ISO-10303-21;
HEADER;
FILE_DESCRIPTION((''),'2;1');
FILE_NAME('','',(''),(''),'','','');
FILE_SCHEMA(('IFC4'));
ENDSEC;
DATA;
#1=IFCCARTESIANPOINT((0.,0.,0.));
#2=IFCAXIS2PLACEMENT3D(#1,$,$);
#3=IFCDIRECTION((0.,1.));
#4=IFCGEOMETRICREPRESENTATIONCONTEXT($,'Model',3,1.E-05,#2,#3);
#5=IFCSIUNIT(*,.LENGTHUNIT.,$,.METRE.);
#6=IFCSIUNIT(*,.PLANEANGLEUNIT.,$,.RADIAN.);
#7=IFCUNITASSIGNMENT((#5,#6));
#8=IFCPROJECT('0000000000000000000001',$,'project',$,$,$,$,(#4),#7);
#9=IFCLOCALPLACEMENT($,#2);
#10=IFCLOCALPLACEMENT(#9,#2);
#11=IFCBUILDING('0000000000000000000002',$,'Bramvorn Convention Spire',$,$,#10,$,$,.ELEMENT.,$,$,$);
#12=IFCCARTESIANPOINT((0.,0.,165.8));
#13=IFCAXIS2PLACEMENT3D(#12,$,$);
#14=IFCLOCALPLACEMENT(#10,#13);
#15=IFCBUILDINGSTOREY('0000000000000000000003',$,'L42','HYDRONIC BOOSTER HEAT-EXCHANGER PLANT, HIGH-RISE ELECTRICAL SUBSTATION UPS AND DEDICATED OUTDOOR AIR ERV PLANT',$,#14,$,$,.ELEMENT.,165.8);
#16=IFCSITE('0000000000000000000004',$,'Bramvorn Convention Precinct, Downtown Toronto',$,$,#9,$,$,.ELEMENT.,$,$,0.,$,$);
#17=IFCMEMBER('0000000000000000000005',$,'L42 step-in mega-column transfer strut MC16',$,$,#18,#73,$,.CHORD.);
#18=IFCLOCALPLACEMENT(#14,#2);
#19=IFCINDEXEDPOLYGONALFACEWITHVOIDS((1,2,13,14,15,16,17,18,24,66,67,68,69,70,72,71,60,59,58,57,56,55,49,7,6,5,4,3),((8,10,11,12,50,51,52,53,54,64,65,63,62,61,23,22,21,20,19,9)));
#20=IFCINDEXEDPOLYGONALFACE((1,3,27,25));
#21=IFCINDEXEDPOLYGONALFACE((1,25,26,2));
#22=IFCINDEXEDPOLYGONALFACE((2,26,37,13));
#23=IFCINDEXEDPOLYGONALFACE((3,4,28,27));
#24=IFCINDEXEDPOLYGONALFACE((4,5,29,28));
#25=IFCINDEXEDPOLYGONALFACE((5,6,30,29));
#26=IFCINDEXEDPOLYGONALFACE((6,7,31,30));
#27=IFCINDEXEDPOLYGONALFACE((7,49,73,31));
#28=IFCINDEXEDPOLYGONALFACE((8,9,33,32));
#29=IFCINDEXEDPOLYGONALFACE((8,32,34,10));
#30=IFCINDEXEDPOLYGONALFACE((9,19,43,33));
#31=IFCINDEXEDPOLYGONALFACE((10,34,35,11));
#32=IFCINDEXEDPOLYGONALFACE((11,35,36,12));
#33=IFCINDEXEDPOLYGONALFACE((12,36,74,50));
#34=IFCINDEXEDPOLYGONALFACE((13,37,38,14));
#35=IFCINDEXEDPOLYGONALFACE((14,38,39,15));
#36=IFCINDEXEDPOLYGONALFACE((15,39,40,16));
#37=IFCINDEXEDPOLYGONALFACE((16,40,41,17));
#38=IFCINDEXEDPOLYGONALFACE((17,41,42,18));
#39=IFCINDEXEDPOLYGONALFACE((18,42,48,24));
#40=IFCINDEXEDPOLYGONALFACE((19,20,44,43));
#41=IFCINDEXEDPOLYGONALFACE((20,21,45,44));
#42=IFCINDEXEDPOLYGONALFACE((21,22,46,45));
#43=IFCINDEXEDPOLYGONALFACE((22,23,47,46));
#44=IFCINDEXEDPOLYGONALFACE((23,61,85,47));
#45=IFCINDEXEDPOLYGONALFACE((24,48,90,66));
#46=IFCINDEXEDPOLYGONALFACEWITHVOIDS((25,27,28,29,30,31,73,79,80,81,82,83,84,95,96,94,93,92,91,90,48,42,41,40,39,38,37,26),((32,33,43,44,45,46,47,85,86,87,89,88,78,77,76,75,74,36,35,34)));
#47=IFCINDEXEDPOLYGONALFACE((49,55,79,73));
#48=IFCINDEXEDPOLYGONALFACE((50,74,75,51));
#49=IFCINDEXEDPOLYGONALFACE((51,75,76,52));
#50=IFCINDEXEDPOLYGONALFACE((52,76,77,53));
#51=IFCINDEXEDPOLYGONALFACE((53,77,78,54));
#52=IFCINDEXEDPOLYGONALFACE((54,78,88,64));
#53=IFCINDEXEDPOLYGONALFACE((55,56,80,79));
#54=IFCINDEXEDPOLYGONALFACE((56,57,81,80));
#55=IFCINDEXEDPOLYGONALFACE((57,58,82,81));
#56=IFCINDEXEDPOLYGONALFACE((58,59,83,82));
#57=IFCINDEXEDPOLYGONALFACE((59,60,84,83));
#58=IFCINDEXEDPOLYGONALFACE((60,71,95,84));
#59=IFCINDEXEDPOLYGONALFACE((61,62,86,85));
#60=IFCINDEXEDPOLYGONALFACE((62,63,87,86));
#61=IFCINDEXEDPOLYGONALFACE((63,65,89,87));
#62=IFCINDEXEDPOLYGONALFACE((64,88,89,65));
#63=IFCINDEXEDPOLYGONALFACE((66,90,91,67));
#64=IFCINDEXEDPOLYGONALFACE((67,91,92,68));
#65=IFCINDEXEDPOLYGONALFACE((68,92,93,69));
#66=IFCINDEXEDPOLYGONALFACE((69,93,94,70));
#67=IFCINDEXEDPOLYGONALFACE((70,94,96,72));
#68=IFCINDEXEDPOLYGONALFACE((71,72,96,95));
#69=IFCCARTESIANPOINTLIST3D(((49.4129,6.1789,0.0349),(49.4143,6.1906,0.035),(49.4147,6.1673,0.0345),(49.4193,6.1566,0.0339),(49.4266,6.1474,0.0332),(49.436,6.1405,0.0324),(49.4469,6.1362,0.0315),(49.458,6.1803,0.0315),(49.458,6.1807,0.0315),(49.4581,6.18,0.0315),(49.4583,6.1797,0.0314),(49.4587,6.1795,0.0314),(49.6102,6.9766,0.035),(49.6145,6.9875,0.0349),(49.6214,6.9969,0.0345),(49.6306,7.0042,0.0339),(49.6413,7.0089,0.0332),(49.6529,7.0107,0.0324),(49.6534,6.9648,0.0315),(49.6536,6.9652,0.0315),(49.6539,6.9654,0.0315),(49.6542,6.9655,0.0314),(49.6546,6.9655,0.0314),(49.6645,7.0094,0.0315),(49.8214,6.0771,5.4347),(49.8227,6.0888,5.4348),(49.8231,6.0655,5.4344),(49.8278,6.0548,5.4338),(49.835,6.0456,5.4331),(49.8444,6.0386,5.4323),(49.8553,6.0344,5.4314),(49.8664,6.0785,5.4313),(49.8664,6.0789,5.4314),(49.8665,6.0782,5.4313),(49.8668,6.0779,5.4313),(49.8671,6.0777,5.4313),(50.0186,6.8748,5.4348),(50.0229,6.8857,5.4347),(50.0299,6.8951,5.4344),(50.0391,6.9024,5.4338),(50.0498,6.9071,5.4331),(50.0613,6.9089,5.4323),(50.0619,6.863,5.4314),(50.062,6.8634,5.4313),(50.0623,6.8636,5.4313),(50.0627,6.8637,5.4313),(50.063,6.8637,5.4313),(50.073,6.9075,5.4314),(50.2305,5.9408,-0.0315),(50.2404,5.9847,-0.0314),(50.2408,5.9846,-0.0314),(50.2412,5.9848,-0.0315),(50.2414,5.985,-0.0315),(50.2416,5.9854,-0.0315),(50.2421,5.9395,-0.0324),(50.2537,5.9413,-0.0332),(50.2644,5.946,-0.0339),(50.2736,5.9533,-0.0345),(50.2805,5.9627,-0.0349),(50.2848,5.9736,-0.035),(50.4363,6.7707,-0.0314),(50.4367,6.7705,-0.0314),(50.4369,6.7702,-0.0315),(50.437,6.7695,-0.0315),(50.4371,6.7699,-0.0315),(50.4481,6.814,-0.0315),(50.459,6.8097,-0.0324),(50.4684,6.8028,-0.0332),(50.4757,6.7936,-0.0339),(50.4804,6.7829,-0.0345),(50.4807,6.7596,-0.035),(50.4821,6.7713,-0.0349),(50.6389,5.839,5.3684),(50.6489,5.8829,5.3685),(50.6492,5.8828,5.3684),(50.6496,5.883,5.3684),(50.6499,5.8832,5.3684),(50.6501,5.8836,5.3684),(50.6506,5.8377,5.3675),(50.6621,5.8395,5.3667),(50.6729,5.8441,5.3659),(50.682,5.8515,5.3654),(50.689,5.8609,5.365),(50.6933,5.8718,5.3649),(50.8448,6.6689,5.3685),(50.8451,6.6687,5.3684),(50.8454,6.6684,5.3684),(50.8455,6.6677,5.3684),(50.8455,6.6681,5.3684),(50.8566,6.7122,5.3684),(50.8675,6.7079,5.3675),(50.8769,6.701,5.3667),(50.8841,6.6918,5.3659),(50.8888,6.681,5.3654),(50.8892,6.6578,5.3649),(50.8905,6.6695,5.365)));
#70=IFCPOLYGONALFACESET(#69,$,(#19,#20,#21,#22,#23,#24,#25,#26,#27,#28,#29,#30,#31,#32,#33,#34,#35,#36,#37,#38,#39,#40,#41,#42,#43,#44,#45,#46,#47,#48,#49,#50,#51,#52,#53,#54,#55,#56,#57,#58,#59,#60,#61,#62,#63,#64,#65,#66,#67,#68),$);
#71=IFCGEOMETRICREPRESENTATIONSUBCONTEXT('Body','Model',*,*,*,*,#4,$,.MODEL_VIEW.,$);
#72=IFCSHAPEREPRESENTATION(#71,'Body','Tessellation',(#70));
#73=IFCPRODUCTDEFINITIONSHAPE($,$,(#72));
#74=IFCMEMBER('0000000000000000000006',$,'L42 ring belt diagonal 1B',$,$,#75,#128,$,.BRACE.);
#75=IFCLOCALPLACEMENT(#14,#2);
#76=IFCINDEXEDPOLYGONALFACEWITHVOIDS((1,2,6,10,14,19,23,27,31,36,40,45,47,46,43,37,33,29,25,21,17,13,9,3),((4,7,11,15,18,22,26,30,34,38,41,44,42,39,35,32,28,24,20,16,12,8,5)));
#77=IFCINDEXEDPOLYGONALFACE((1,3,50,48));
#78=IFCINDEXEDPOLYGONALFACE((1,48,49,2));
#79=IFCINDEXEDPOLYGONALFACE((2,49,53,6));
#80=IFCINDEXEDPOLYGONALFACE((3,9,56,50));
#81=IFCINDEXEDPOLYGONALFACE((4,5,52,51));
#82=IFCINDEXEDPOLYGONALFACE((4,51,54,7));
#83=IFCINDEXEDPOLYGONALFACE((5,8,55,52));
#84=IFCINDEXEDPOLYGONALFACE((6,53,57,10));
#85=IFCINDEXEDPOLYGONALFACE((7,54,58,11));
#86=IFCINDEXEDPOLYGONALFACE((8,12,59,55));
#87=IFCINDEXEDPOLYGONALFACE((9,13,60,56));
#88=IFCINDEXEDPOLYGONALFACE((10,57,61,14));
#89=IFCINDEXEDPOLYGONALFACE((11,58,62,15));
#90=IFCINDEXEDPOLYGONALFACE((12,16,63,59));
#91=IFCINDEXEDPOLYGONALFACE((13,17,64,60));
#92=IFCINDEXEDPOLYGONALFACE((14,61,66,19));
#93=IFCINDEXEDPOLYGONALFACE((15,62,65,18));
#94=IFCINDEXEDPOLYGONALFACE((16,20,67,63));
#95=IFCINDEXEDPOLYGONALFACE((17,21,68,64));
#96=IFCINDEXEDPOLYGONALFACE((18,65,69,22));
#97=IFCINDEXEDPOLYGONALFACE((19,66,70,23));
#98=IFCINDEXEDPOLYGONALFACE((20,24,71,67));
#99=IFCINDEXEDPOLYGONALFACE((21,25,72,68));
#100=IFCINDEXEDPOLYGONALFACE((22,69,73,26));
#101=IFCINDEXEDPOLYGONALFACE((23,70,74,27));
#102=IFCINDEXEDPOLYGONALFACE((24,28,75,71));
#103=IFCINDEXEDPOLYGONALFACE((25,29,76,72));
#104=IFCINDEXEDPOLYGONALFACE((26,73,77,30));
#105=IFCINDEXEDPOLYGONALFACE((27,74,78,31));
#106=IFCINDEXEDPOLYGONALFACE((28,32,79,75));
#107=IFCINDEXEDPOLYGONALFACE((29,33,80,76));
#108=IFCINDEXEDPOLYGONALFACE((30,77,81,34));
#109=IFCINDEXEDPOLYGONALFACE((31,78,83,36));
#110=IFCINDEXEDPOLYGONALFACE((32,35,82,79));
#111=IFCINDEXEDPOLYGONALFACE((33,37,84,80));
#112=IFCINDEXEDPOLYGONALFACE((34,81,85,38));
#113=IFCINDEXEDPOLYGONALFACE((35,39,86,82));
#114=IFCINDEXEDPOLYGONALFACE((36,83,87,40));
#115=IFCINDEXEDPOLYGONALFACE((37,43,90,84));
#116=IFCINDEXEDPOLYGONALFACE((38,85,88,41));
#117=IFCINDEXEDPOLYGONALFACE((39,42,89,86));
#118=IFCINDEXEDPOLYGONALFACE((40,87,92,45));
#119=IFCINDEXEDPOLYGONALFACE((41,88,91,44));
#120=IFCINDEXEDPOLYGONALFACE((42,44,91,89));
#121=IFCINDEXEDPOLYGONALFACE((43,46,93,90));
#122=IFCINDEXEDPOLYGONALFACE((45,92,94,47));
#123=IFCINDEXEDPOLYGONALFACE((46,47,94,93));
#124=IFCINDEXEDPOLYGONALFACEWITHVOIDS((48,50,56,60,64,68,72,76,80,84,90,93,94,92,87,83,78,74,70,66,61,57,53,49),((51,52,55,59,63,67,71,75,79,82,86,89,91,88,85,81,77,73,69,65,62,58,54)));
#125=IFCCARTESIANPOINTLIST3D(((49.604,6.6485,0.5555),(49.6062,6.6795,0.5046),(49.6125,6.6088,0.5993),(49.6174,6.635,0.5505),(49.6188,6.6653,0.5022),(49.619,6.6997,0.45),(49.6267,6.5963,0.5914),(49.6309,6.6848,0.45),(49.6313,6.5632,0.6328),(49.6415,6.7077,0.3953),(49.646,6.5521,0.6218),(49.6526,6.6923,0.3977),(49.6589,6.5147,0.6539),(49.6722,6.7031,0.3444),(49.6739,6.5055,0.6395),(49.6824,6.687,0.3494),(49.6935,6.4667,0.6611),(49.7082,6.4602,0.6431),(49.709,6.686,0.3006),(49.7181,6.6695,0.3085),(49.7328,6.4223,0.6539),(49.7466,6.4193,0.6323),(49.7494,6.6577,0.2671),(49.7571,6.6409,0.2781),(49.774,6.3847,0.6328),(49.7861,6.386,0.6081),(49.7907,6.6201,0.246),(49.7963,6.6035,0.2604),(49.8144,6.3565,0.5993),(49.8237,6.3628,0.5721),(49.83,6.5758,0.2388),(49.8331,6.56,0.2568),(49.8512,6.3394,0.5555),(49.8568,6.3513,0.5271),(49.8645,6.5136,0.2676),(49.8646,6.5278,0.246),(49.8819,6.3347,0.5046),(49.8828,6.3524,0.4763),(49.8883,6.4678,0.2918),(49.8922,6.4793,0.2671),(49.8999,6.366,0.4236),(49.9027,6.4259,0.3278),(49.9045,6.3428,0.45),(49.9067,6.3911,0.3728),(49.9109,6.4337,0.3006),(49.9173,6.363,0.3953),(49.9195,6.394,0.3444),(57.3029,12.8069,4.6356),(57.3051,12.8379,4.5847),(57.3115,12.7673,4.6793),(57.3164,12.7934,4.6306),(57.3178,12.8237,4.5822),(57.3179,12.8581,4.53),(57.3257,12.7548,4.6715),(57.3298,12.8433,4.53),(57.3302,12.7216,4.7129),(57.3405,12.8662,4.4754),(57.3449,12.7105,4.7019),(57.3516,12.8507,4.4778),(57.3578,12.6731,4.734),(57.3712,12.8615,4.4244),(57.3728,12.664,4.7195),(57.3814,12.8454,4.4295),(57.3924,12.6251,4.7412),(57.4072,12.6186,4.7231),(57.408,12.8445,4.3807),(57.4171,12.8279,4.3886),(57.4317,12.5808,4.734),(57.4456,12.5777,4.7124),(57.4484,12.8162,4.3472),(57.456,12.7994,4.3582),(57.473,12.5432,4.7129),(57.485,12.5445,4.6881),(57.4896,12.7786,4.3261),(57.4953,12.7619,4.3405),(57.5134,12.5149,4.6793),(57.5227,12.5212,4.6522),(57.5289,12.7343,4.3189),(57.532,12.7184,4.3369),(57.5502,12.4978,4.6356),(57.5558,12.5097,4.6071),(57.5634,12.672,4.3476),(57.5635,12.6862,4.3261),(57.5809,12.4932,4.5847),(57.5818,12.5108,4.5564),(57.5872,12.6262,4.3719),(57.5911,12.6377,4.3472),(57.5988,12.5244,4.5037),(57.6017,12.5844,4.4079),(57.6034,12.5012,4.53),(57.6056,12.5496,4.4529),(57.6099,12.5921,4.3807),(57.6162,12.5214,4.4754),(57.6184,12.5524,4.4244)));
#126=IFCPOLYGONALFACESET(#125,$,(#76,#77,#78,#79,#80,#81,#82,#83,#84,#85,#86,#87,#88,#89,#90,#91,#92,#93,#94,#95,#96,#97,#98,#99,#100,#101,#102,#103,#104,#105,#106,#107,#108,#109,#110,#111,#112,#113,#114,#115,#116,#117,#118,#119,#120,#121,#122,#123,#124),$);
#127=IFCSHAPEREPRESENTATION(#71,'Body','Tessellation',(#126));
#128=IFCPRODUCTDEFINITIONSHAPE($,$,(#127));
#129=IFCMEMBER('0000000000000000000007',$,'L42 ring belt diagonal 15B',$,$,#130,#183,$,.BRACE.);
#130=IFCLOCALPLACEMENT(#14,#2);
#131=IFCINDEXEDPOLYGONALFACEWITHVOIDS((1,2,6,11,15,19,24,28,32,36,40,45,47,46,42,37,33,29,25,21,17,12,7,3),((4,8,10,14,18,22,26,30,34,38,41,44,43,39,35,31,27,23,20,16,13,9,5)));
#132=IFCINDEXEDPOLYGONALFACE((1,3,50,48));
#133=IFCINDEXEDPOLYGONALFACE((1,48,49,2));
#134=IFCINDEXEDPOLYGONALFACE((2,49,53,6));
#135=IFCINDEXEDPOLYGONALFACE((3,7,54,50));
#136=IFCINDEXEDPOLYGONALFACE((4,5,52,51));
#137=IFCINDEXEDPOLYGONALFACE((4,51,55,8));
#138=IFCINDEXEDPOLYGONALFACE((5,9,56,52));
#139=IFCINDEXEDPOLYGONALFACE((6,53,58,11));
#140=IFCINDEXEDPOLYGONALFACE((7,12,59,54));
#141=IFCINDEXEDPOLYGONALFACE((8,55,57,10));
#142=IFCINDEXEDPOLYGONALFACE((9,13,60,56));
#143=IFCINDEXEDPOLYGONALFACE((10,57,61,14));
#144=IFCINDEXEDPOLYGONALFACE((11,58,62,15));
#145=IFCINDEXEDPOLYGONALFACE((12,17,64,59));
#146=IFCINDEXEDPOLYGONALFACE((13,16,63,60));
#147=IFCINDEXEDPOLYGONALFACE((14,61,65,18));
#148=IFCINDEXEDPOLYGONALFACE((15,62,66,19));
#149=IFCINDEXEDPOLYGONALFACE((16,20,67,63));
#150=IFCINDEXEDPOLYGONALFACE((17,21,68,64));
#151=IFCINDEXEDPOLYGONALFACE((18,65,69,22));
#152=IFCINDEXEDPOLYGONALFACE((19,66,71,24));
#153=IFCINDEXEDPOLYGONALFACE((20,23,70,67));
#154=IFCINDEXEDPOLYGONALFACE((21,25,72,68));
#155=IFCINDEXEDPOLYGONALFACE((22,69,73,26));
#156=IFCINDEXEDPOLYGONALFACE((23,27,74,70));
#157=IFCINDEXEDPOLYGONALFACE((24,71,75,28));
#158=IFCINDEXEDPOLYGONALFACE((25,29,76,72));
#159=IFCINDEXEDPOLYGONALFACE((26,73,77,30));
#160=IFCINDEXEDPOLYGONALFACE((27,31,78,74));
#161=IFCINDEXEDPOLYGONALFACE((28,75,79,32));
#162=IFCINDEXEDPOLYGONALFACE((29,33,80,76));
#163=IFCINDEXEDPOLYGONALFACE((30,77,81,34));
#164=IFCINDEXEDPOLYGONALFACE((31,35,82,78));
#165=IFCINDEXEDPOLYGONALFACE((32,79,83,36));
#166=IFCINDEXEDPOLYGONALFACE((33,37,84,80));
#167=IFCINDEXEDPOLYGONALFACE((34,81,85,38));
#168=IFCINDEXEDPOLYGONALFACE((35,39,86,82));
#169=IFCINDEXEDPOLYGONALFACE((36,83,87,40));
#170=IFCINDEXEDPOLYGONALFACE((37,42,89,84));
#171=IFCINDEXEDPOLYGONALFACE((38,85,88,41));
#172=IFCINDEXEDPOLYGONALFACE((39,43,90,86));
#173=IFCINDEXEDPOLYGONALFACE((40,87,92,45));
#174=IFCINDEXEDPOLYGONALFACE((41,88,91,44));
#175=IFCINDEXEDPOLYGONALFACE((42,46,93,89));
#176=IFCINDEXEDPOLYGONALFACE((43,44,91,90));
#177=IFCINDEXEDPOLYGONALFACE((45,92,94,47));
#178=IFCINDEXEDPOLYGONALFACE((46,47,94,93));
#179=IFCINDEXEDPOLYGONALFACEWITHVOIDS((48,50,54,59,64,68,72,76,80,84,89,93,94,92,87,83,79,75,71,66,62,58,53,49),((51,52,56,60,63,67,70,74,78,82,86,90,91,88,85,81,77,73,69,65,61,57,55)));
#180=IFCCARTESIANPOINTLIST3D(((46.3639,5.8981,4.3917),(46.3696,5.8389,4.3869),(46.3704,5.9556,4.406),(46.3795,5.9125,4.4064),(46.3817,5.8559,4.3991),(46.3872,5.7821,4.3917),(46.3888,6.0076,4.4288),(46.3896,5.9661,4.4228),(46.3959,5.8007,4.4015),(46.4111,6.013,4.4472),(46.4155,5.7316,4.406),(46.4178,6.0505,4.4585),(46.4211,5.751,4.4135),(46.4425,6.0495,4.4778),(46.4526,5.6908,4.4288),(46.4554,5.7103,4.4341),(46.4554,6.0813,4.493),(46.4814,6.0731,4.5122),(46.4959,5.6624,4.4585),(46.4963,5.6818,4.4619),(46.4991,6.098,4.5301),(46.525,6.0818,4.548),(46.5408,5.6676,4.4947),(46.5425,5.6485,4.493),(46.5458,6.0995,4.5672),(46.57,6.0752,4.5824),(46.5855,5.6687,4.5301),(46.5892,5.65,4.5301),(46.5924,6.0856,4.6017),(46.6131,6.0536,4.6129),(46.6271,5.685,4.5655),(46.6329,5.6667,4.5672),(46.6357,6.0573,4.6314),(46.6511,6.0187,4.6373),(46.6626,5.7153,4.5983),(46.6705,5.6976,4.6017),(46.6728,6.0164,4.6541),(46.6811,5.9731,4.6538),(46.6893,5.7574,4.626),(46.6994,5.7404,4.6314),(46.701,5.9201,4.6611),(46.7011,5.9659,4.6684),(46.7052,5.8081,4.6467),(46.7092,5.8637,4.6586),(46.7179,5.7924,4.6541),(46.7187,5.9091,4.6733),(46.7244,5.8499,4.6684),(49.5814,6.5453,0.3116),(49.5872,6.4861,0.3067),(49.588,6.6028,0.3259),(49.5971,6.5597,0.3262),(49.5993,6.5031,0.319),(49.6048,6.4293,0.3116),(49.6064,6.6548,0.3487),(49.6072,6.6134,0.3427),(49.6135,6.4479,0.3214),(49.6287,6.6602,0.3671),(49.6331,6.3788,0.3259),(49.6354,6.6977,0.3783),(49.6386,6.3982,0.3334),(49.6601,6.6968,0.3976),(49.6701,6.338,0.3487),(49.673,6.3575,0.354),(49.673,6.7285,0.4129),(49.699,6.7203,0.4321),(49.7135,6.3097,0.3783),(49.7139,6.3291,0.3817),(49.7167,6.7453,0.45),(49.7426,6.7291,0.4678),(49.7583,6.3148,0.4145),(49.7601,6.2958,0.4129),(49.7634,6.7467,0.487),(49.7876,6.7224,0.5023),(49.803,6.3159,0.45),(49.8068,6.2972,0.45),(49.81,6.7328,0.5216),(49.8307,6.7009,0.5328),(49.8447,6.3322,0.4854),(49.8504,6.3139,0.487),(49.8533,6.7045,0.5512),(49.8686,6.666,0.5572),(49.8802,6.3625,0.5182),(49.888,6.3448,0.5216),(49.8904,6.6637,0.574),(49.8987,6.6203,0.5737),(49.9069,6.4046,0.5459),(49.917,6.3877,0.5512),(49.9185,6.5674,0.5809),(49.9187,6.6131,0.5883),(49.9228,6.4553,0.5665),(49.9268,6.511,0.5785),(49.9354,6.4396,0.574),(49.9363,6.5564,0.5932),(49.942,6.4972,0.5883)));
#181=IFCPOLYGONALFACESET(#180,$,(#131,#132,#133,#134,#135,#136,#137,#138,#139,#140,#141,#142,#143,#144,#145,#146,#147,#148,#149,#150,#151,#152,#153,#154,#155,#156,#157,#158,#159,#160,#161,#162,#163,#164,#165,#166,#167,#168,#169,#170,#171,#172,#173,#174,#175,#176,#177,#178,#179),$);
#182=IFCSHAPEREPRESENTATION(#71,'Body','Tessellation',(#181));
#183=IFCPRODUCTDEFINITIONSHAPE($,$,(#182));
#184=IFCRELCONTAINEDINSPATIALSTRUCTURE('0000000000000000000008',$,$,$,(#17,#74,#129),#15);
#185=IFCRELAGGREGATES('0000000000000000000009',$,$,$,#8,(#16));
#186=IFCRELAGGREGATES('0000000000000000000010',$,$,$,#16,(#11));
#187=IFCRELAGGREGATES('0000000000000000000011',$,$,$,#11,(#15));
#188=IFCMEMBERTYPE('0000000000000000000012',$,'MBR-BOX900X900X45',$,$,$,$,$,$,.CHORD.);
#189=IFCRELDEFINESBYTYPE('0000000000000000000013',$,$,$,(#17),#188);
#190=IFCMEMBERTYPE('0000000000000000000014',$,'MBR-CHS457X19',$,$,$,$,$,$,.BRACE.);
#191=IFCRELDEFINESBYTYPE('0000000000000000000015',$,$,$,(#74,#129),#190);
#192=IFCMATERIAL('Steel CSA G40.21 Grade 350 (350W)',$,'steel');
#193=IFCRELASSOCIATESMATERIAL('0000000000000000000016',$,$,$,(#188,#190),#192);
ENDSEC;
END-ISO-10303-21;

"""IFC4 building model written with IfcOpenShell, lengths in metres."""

from ifc_helpers import new_model, si_unit, direction, frame, origin, origin_2d, place, context, subcontext, project, spatial, hollow_rectangle, hollow_circle, extrude, material, material_profile, profile_set, type_object, element, save


model = new_model("IFC4")

# Units and contexts
model_context = context("Model", 3, precision=1e-05, world=origin(), true_north=direction((0.0, 1.0)))
body_context = subcontext(model_context, "Body", "Model", "MODEL_VIEW")
ifc_project = project(units=[si_unit("LENGTHUNIT", "METRE"), si_unit("PLANEANGLEUNIT", "RADIAN")], contexts=[model_context])

# Site, building, storey
site_placement = place(None, origin())
site = spatial("IfcSite", under=ifc_project, at=site_placement, Name="Bramvorn Convention Precinct, Downtown Toronto", CompositionType="ELEMENT", RefElevation=0.0)
building_placement = place(site_placement, origin())
building = spatial("IfcBuilding", under=site, at=building_placement, Name="Bramvorn Convention Spire", CompositionType="ELEMENT")
storey_placement = place(building_placement, frame((0.0, 0.0, 165.8)))
storey = spatial("IfcBuildingStorey", under=building, at=storey_placement, Name="L42", Description="HYDRONIC BOOSTER HEAT-EXCHANGER PLANT, HIGH-RISE ELECTRICAL SUBSTATION UPS AND DEDICATED OUTDOOR AIR ERV PLANT", CompositionType="ELEMENT", Elevation=165.8)

# Shared definitions
ifc_material_1 = material(Name="Steel CSA G40.21 Grade 350 (350W)", Category="steel")

# Members
ifc_material_profile_1 = material_profile(ifc_material_1, hollow_rectangle(XDim=0.8999, YDim=0.8999, WallThickness=0.0449, InnerFilletRadius=0.001, OuterFilletRadius=0.0449, at=origin_2d()))
ifc_profile_set_1 = profile_set([ifc_material_profile_1], Name="Steel CSA G40.21 Grade 350 (350W) - BOX900X900X45")
member_type_1 = type_object("IfcMemberType", Name="MBR-BOX900X900X45", PredefinedType="CHORD", material=ifc_profile_set_1)
member_1_placement = place(storey_placement, frame((49.9475, 6.4751, 0.0), z_axis=(0.075411, -0.018796, 0.996975), x_axis=(0.241853, 0.970313, 0.0)))
element("IfcMember", 1, at=member_1_placement, inside=storey, type_object=member_type_1, Name="L42 step-in mega-column transfer strut MC16", PredefinedType="CHORD", context=body_context, shape_type="SweptSolid", body=[
    extrude(hollow_rectangle(XDim=0.8999, YDim=0.8999, WallThickness=0.0449, InnerFilletRadius=0.001, OuterFilletRadius=0.0449, at=origin_2d()), origin(), (0.0, 0.0, 1.0), 5.4163),
])
ifc_material_profile_2 = material_profile(ifc_material_1, hollow_circle(Radius=0.2285, WallThickness=0.019, at=origin_2d()))
ifc_profile_set_2 = profile_set([ifc_material_profile_2], Name="Steel CSA G40.21 Grade 350 (350W) - CHS457X19")
member_type_2 = type_object("IfcMemberType", Name="MBR-CHS457X19", PredefinedType="BRACE", material=ifc_profile_set_2)
member_2_placement = place(storey_placement, frame((49.7617, 6.5212, 0.45), z_axis=(0.721557, 0.577177, 0.38239), x_axis=(-0.62465, 0.780905, 0.0)))
element("IfcMember", 2, at=member_2_placement, inside=storey, type_object=member_type_2, Name="L42 ring belt diagonal 1B", PredefinedType="BRACE", context=body_context, shape_type="SweptSolid", body=[
    extrude(hollow_circle(Radius=0.2285, WallThickness=0.019, at=origin_2d()), origin(), (0.0, 0.0, 1.0), 10.6699),
])
member_3_placement = place(storey_placement, frame((49.7617, 6.5212, 0.45), z_axis=(-0.614471, -0.123603, 0.779197), x_axis=(0.197203, -0.980363, 0.0)))
element("IfcMember", 3, at=member_3_placement, inside=storey, type_object=member_type_2, Name="L42 ring belt diagonal 15B", PredefinedType="BRACE", context=body_context, shape_type="SweptSolid", body=[
    extrude(hollow_circle(Radius=0.2285, WallThickness=0.019, at=origin_2d()), origin(), (0.0, 0.0, 1.0), 5.2363),
])

save(model, "model.ifc")
